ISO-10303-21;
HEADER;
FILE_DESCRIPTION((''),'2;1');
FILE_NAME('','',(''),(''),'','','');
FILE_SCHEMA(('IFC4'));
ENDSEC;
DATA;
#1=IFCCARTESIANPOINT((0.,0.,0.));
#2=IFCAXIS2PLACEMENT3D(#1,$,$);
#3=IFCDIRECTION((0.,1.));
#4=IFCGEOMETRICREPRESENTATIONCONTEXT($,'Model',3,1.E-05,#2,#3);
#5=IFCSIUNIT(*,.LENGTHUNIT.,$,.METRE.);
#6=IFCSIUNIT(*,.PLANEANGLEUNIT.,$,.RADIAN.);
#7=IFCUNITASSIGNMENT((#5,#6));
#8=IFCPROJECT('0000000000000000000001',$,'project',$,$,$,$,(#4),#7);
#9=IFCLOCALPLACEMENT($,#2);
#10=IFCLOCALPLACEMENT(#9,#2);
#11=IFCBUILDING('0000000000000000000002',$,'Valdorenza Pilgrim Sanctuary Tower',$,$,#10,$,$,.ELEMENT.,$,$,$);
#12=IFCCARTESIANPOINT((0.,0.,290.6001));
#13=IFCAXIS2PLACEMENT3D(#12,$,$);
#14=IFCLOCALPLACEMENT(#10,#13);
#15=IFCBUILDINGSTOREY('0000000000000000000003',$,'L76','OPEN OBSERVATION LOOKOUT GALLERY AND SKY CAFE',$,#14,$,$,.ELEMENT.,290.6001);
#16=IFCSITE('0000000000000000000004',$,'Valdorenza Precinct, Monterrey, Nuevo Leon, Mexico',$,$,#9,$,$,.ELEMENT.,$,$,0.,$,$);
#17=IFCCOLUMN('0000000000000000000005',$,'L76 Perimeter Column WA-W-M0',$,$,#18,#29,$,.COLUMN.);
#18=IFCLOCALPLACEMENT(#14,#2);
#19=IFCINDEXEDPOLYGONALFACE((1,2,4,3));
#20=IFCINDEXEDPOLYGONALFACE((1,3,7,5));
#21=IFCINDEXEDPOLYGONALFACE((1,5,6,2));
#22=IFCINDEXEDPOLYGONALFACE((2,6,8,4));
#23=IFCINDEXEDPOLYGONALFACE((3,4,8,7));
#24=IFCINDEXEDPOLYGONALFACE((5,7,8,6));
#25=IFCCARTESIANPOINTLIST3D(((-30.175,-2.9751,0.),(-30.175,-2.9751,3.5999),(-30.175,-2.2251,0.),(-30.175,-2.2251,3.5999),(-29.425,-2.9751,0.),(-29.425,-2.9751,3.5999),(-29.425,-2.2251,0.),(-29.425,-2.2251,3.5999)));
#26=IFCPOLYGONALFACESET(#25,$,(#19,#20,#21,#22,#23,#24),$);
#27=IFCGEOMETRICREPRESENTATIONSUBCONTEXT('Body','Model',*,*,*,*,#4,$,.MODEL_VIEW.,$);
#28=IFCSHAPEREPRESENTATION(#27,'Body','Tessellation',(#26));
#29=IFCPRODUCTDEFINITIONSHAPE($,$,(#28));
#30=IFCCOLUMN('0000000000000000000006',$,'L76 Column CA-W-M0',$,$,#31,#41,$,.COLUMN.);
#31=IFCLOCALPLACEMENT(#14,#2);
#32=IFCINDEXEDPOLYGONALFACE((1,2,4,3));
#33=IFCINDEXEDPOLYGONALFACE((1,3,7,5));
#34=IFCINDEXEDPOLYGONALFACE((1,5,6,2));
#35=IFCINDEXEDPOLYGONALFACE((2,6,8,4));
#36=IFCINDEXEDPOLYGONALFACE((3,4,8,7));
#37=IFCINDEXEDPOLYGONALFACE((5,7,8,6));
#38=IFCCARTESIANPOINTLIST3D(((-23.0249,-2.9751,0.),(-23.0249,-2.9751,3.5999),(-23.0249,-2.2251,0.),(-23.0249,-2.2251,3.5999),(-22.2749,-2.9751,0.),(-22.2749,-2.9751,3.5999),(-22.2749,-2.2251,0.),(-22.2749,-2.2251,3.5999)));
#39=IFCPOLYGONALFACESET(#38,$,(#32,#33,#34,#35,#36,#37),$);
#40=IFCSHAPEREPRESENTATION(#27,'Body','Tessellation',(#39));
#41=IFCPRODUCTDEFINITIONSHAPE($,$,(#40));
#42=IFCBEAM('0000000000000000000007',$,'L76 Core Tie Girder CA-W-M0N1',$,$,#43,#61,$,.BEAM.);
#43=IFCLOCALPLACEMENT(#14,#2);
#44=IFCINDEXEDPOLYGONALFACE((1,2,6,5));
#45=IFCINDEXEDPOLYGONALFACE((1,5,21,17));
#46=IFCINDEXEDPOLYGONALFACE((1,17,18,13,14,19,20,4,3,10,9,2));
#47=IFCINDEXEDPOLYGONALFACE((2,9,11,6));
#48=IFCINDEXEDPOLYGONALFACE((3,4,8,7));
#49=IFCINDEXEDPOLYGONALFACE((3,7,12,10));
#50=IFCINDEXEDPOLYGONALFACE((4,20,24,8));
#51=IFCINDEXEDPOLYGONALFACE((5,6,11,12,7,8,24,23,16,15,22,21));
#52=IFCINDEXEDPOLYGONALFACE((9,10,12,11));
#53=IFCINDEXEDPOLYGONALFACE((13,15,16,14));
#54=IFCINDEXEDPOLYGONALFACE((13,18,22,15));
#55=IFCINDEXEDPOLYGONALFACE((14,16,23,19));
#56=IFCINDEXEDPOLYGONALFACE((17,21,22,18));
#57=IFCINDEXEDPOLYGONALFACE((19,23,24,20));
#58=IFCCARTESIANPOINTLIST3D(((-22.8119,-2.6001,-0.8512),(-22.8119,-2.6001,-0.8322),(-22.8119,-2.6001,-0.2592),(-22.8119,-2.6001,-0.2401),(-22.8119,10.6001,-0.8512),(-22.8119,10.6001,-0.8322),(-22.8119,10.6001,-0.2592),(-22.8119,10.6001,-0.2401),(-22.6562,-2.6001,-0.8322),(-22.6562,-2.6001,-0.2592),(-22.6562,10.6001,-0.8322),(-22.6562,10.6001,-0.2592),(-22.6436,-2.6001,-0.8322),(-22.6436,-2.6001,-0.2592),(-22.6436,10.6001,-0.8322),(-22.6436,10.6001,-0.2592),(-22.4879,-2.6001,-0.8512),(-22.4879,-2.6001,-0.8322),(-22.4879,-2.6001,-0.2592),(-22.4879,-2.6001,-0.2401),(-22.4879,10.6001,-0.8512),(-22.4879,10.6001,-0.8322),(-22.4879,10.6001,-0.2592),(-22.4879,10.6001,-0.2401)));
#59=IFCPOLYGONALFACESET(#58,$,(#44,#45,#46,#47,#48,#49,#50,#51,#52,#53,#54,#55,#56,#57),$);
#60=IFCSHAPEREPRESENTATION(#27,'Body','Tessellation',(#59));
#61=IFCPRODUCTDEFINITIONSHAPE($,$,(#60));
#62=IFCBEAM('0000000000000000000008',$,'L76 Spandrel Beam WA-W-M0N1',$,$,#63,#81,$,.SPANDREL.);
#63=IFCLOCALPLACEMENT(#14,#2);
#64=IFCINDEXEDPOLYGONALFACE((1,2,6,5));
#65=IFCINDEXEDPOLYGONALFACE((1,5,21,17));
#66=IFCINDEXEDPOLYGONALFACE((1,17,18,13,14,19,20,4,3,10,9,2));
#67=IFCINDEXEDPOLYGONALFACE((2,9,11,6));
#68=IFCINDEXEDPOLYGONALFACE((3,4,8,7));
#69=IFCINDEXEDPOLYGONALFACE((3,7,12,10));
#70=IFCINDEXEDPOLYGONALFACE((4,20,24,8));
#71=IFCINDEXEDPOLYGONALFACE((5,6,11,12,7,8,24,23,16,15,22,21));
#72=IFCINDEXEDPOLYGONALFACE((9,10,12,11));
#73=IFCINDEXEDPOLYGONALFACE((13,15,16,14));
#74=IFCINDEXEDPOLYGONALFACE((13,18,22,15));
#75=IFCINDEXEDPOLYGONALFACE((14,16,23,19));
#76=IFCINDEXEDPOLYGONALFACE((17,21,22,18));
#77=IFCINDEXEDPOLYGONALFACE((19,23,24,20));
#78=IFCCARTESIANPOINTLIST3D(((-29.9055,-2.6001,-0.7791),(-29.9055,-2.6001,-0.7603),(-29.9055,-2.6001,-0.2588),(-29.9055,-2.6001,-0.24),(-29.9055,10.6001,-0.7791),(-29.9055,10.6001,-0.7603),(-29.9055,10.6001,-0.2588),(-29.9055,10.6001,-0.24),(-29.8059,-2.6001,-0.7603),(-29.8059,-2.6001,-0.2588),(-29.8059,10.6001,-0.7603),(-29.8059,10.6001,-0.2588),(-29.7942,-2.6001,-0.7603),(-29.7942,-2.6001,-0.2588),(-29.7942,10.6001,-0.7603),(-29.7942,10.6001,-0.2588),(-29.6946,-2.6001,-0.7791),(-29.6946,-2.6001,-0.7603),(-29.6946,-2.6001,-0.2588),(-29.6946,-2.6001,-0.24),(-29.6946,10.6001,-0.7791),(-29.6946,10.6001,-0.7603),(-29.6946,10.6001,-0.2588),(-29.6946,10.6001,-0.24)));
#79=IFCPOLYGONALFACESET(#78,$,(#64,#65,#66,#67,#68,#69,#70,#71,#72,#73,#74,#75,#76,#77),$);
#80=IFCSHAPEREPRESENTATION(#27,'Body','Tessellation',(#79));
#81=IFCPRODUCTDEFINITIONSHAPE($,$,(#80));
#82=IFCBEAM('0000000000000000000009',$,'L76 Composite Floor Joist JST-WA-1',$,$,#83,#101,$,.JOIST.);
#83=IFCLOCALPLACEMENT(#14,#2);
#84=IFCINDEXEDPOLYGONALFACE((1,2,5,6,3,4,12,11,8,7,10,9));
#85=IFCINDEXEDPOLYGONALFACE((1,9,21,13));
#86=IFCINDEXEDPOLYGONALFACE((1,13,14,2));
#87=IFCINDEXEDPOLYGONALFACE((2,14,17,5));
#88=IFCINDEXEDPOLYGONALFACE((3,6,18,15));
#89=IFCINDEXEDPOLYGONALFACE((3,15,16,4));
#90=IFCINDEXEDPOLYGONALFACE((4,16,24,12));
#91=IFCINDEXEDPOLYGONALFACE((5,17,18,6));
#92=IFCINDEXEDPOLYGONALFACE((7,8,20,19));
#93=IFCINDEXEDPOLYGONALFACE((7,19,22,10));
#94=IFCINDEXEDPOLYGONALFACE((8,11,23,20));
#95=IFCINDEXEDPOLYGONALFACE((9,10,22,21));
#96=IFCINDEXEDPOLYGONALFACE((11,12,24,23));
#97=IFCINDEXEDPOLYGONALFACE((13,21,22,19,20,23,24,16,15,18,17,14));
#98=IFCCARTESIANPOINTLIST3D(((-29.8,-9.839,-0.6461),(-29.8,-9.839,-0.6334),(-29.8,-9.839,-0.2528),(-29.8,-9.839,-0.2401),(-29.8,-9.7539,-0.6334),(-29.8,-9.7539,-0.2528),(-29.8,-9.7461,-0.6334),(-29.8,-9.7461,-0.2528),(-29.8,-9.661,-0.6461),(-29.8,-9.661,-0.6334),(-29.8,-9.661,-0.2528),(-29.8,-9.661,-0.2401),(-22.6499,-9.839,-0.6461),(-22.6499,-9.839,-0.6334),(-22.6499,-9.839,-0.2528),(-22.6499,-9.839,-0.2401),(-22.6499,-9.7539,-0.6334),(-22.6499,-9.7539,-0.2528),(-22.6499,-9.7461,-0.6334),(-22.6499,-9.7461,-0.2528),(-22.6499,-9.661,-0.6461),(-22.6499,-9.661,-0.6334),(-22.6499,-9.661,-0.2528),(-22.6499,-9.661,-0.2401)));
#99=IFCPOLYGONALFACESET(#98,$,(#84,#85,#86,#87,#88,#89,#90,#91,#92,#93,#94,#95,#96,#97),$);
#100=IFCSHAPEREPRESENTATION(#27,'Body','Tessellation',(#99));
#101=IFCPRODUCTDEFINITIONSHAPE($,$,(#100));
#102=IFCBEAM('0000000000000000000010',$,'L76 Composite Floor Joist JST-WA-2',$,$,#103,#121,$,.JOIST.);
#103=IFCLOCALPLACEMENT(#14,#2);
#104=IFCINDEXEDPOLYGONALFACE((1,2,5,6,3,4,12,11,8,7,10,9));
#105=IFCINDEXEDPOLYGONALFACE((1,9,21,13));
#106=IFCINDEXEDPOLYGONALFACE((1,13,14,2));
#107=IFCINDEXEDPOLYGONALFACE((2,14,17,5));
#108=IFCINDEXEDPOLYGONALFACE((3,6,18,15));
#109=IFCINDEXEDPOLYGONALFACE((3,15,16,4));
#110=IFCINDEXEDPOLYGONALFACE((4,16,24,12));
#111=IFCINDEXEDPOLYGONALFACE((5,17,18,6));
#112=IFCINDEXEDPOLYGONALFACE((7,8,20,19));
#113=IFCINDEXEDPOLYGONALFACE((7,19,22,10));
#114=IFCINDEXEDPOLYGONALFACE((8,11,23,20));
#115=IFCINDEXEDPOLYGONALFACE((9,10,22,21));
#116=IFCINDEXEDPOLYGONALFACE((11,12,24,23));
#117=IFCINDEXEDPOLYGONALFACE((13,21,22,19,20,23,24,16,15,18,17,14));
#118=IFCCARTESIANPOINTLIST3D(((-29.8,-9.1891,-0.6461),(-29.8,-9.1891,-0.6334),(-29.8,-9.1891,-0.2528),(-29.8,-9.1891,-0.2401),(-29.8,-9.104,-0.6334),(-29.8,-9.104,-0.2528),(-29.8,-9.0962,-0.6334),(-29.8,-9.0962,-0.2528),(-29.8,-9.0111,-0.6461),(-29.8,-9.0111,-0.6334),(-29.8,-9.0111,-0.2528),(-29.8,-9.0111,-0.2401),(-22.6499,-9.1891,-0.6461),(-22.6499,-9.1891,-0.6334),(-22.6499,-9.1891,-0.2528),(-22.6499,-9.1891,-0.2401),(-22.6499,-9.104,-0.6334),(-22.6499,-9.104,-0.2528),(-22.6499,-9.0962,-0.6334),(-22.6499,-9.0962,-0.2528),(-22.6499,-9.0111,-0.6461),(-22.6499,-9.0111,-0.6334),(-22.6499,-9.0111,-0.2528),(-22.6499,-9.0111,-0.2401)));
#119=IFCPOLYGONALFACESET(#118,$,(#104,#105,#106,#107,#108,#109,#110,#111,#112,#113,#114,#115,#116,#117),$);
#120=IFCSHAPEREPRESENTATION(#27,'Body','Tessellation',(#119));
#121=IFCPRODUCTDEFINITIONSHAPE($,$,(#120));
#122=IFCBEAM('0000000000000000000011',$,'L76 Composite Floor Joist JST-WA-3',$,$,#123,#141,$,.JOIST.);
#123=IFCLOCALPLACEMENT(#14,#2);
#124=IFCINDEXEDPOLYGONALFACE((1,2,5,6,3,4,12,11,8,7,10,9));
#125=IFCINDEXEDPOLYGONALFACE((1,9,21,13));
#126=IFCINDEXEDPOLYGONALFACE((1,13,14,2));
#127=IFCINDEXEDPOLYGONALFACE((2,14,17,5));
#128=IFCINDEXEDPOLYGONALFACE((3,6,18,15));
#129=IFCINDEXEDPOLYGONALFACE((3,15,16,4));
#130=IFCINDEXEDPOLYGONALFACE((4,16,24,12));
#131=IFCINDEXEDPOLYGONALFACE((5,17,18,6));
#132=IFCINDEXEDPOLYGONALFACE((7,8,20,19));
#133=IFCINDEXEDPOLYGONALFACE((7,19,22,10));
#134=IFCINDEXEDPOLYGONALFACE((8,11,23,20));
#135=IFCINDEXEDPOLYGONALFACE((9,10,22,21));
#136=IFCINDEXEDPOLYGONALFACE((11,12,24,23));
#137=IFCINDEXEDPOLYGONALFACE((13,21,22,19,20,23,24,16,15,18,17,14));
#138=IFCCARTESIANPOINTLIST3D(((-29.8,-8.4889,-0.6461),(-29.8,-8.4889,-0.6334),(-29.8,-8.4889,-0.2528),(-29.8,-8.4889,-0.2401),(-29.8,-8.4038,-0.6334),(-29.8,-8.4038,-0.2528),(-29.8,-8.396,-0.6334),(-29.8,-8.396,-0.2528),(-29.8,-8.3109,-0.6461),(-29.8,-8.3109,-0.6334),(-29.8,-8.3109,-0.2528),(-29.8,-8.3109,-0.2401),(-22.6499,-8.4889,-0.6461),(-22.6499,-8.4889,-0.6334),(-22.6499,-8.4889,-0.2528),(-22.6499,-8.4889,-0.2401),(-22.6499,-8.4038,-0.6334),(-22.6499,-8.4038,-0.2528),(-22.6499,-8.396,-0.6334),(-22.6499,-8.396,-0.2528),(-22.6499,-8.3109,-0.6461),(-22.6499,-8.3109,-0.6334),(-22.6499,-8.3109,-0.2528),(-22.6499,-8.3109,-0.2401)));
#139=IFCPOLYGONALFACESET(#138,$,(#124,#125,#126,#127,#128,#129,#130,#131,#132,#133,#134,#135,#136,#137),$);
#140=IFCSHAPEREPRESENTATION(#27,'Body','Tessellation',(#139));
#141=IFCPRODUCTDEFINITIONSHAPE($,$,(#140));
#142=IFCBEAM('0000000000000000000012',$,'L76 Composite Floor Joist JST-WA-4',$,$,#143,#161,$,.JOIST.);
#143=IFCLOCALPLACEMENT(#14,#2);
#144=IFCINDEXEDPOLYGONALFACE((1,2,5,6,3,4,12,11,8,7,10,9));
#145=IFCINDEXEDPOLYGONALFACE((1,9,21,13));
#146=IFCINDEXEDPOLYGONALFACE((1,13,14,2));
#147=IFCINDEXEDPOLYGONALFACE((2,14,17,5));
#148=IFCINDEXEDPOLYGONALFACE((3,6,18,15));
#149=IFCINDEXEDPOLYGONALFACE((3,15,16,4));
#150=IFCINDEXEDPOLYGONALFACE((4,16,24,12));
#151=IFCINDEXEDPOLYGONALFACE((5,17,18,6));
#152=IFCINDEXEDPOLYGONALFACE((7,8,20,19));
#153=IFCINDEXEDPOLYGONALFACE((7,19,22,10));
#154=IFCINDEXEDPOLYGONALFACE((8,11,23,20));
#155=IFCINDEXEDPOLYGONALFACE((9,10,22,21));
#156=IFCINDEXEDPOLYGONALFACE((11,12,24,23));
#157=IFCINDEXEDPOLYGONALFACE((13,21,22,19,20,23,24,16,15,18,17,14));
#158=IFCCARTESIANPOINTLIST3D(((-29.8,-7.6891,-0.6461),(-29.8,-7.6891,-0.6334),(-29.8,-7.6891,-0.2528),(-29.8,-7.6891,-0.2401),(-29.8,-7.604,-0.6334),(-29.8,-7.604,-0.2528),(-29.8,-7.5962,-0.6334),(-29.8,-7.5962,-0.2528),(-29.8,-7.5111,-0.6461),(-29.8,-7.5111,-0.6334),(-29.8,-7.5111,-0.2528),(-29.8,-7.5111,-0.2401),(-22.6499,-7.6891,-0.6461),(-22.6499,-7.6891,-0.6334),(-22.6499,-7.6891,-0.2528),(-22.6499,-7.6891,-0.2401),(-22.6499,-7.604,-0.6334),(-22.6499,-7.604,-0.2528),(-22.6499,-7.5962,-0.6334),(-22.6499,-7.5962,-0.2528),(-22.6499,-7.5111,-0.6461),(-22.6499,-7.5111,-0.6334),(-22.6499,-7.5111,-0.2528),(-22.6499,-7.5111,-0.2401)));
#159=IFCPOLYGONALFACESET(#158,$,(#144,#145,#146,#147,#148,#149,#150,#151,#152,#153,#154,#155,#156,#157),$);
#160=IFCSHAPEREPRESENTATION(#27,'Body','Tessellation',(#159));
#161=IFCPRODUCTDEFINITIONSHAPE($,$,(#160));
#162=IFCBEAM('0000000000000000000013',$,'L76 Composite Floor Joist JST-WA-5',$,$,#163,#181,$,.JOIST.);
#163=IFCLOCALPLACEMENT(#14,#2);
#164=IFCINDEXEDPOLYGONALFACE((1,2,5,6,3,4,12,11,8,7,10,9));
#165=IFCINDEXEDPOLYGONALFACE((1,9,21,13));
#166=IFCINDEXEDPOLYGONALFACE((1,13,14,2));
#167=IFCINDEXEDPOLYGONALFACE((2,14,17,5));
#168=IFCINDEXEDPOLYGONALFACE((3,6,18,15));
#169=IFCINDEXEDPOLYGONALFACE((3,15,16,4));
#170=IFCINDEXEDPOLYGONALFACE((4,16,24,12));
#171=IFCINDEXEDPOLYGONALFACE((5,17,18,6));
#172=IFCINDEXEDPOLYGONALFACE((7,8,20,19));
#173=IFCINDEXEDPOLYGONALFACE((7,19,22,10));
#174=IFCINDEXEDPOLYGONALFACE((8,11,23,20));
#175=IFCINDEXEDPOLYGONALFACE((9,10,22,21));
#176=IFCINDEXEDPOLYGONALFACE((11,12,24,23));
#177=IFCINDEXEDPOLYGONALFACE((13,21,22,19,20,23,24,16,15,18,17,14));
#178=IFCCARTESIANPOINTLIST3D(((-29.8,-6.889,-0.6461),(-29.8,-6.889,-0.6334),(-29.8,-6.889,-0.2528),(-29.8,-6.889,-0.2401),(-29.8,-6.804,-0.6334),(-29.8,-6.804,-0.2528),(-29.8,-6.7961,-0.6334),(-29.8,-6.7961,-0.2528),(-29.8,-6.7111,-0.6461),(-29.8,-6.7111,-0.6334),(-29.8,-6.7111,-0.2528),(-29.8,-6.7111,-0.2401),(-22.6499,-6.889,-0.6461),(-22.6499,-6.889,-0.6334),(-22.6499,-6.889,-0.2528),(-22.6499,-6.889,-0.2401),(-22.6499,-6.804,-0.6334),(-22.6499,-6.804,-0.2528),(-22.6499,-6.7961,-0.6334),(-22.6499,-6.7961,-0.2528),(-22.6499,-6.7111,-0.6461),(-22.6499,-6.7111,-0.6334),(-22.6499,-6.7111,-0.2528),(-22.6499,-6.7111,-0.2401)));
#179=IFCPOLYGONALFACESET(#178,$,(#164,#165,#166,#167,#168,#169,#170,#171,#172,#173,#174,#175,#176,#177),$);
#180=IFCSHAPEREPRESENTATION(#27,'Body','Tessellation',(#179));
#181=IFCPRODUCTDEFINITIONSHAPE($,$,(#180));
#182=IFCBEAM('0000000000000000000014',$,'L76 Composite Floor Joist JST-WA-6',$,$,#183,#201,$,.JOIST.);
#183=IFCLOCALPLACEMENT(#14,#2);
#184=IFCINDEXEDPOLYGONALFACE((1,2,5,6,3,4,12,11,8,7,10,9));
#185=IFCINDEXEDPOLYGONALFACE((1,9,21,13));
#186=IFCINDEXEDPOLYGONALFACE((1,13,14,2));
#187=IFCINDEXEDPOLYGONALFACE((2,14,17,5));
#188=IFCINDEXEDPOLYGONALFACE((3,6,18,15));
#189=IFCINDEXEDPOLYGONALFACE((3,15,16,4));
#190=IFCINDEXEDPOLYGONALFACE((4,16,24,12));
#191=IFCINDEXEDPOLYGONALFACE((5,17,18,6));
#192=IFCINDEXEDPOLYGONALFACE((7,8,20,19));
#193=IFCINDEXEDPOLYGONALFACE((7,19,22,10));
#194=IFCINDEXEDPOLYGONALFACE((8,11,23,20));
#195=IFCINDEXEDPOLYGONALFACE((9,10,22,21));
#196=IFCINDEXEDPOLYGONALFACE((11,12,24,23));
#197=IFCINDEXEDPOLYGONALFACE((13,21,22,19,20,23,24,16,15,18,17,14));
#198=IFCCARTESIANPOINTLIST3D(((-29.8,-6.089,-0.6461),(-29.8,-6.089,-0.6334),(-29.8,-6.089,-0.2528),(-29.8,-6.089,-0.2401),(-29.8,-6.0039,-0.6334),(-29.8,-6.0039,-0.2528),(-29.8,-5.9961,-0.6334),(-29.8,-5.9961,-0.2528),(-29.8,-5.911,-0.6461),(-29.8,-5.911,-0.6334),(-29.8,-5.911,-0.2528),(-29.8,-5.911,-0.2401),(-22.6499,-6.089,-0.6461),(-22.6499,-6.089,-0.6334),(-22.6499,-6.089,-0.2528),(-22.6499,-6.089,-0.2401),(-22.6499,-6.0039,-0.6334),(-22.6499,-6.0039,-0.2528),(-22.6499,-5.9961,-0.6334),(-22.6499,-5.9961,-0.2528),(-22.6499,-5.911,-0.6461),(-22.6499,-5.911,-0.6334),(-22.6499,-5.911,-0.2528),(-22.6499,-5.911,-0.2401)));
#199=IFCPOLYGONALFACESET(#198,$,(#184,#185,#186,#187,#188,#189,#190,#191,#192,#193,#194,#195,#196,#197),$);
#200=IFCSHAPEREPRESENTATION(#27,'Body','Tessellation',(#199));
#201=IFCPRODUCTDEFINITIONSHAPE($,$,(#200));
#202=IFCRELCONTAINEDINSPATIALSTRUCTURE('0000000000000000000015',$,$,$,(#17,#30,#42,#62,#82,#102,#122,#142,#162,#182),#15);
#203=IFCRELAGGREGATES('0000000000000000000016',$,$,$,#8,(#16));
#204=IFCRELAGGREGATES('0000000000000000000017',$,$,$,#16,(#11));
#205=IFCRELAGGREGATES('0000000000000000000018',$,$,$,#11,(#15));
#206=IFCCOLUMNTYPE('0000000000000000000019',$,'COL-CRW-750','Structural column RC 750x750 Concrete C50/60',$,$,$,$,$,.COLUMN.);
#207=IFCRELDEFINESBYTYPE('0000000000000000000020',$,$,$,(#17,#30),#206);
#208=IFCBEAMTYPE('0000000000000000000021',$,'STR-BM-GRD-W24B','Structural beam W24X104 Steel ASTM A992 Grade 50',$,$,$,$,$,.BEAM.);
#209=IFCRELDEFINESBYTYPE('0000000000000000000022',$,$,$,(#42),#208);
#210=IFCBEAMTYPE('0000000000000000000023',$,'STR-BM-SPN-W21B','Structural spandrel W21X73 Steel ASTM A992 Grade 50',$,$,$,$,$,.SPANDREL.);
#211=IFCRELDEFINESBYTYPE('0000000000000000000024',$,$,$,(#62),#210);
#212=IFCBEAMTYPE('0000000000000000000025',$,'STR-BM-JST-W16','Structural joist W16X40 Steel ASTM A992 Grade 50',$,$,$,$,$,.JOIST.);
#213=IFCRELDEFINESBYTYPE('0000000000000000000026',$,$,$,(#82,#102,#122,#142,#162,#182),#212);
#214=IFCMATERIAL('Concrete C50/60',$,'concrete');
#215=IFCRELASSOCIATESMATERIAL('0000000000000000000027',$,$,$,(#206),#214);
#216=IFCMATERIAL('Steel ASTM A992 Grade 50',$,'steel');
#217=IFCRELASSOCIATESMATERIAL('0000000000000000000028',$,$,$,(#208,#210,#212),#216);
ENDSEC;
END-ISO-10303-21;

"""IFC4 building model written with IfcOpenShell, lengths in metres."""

from ifc_helpers import new_model, si_unit, direction, frame, origin, origin_2d, place, context, subcontext, project, spatial, rectangle, i_section, extrude, source, transform, mapped, material, material_profile, profile_set, type_object, element, save


model = new_model("IFC4")

# Units and contexts
model_context = context("Model", 3, precision=1e-05, world=origin(), true_north=direction((0.0, 1.0)))
body_context = subcontext(model_context, "Body", "Model", "MODEL_VIEW")
ifc_project = project(units=[si_unit("LENGTHUNIT", "METRE"), si_unit("PLANEANGLEUNIT", "RADIAN")], contexts=[model_context])

# Site, building, storey
site_placement = place(None, origin())
site = spatial("IfcSite", under=ifc_project, at=site_placement, Name="Valdorenza Precinct, Monterrey, Nuevo Leon, Mexico", CompositionType="ELEMENT", RefElevation=0.0)
building_placement = place(site_placement, origin())
building = spatial("IfcBuilding", under=site, at=building_placement, Name="Valdorenza Pilgrim Sanctuary Tower", CompositionType="ELEMENT")
storey_placement = place(building_placement, frame((0.0, 0.0, 290.6001)))
storey = spatial("IfcBuildingStorey", under=building, at=storey_placement, Name="L76", Description="OPEN OBSERVATION LOOKOUT GALLERY AND SKY CAFE", CompositionType="ELEMENT", Elevation=290.6001)

# Columns
ifc_material_1 = material(Name="Concrete C50/60", Category="concrete")
ifc_material_profile_1 = material_profile(ifc_material_1, rectangle(XDim=0.75, YDim=0.75, at=origin_2d()), Name="RC 750x750")
ifc_profile_set_1 = profile_set([ifc_material_profile_1], Name="Concrete C50/60")
column_type = type_object("IfcColumnType", Name="COL-CRW-750", Description="Structural column RC 750x750 Concrete C50/60", PredefinedType="COLUMN", material=ifc_profile_set_1)
shared_shape_1 = source(origin(), body_context, "Body", "SweptSolid", [
    extrude(rectangle(XDim=0.75, YDim=0.75, at=origin_2d()), origin(), (0.0, 0.0, 1.0), 3.5999),
])
for number, where, z_axis, x_axis, name in (
    (1, (-29.8, -2.6001, 0.0), (0.0, 0.0, 1.0), (1.0, 0.0, 0.0), "L76 Perimeter Column WA-W-M0"),
    (2, (-22.6499, -2.6001, 0.0), (0.0, 0.0, 1.0), (1.0, 0.0, 0.0), "L76 Column CA-W-M0"),
):
    element("IfcColumn", number, at=place(storey_placement, frame(where, z_axis=z_axis, x_axis=x_axis)), inside=storey, type_object=column_type, Name=name, PredefinedType="COLUMN", context=body_context, shape_type="MappedRepresentation", body=[
        mapped(shared_shape_1, transform((0.0, 0.0, 0.0), x_axis=(1.0, 0.0, 0.0), y_axis=(0.0, 1.0, 0.0), z_axis=(0.0, 0.0, 1.0), scale=1.0)),
    ])

# Beams
ifc_material_2 = material(Name="Steel ASTM A992 Grade 50", Category="steel")
ifc_material_profile_2 = material_profile(ifc_material_2, i_section(OverallWidth=0.324, OverallDepth=0.6111, WebThickness=0.0127, FlangeThickness=0.019, at=origin_2d()), Name="W24X104")
ifc_profile_set_2 = profile_set([ifc_material_profile_2], Name="Steel ASTM A992 Grade 50")
beam_type_1 = type_object("IfcBeamType", Name="STR-BM-GRD-W24B", Description="Structural beam W24X104 Steel ASTM A992 Grade 50", PredefinedType="BEAM", material=ifc_profile_set_2)
shared_shape_2 = source(origin(), body_context, "Body", "SweptSolid", [
    extrude(i_section(OverallWidth=0.324, OverallDepth=0.6111, WebThickness=0.0127, FlangeThickness=0.019, at=origin_2d()), origin(), (0.0, 0.0, 1.0), 13.2002),
])
beam_1_placement = place(storey_placement, frame((-22.6499, -2.6001, -0.5457), z_axis=(0.0, 1.0, 0.0), x_axis=(-1.0, 0.0, 0.0)))
element("IfcBeam", 3, at=beam_1_placement, inside=storey, type_object=beam_type_1, Name="L76 Core Tie Girder CA-W-M0N1", PredefinedType="BEAM", context=body_context, shape_type="MappedRepresentation", body=[
    mapped(shared_shape_2, transform((0.0, 0.0, 0.0), x_axis=(1.0, 0.0, 0.0), y_axis=(0.0, 1.0, 0.0), z_axis=(0.0, 0.0, 1.0), scale=1.0)),
])
ifc_material_profile_3 = material_profile(ifc_material_2, i_section(OverallWidth=0.2109, OverallDepth=0.5391, WebThickness=0.0117, FlangeThickness=0.0188, at=origin_2d()), Name="W21X73")
ifc_profile_set_3 = profile_set([ifc_material_profile_3], Name="Steel ASTM A992 Grade 50")
beam_type_2 = type_object("IfcBeamType", Name="STR-BM-SPN-W21B", Description="Structural spandrel W21X73 Steel ASTM A992 Grade 50", PredefinedType="SPANDREL", material=ifc_profile_set_3)
shared_shape_3 = source(origin(), body_context, "Body", "SweptSolid", [
    extrude(i_section(OverallWidth=0.2109, OverallDepth=0.5391, WebThickness=0.0117, FlangeThickness=0.0188, at=origin_2d()), origin(), (0.0, 0.0, 1.0), 13.2002),
])
beam_2_placement = place(storey_placement, frame((-29.8, -2.6001, -0.5095), z_axis=(0.0, 1.0, 0.0), x_axis=(-1.0, 0.0, 0.0)))
element("IfcBeam", 4, at=beam_2_placement, inside=storey, type_object=beam_type_2, Name="L76 Spandrel Beam WA-W-M0N1", PredefinedType="SPANDREL", context=body_context, shape_type="MappedRepresentation", body=[
    mapped(shared_shape_3, transform((0.0, 0.0, 0.0), x_axis=(1.0, 0.0, 0.0), y_axis=(0.0, 1.0, 0.0), z_axis=(0.0, 0.0, 1.0), scale=1.0)),
])
ifc_material_profile_4 = material_profile(ifc_material_2, i_section(OverallWidth=0.178, OverallDepth=0.406, WebThickness=0.0078, FlangeThickness=0.0127, at=origin_2d()), Name="W16X40")
ifc_profile_set_4 = profile_set([ifc_material_profile_4], Name="Steel ASTM A992 Grade 50")
beam_type_3 = type_object("IfcBeamType", Name="STR-BM-JST-W16", Description="Structural joist W16X40 Steel ASTM A992 Grade 50", PredefinedType="JOIST", material=ifc_profile_set_4)
shared_shape_4 = source(origin(), body_context, "Body", "SweptSolid", [
    extrude(i_section(OverallWidth=0.178, OverallDepth=0.406, WebThickness=0.0078, FlangeThickness=0.0127, at=origin_2d()), origin(), (0.0, 0.0, 1.0), 7.1501),
])
for number, where, z_axis, x_axis, name in (
    (5, (-29.8, -9.75, -0.4431), (1.0, 0.0, 0.0), (0.0, 1.0, 0.0), "L76 Composite Floor Joist JST-WA-1"),
    (6, (-29.8, -9.1001, -0.4431), (1.0, 0.0, 0.0), (0.0, 1.0, 0.0), "L76 Composite Floor Joist JST-WA-2"),
    (7, (-29.8, -8.3999, -0.4431), (1.0, 0.0, 0.0), (0.0, 1.0, 0.0), "L76 Composite Floor Joist JST-WA-3"),
    (8, (-29.8, -7.6001, -0.4431), (1.0, 0.0, 0.0), (0.0, 1.0, 0.0), "L76 Composite Floor Joist JST-WA-4"),
    (9, (-29.8, -6.8, -0.4431), (1.0, 0.0, 0.0), (0.0, 1.0, 0.0), "L76 Composite Floor Joist JST-WA-5"),
    (10, (-29.8, -6.0, -0.4431), (1.0, 0.0, 0.0), (0.0, 1.0, 0.0), "L76 Composite Floor Joist JST-WA-6"),
):
    element("IfcBeam", number, at=place(storey_placement, frame(where, z_axis=z_axis, x_axis=x_axis)), inside=storey, type_object=beam_type_3, Name=name, PredefinedType="JOIST", context=body_context, shape_type="MappedRepresentation", body=[
        mapped(shared_shape_4, transform((0.0, 0.0, 0.0), x_axis=(1.0, 0.0, 0.0), y_axis=(0.0, 1.0, 0.0), z_axis=(0.0, 0.0, 1.0), scale=1.0)),
    ])

save(model, "model.ifc")
